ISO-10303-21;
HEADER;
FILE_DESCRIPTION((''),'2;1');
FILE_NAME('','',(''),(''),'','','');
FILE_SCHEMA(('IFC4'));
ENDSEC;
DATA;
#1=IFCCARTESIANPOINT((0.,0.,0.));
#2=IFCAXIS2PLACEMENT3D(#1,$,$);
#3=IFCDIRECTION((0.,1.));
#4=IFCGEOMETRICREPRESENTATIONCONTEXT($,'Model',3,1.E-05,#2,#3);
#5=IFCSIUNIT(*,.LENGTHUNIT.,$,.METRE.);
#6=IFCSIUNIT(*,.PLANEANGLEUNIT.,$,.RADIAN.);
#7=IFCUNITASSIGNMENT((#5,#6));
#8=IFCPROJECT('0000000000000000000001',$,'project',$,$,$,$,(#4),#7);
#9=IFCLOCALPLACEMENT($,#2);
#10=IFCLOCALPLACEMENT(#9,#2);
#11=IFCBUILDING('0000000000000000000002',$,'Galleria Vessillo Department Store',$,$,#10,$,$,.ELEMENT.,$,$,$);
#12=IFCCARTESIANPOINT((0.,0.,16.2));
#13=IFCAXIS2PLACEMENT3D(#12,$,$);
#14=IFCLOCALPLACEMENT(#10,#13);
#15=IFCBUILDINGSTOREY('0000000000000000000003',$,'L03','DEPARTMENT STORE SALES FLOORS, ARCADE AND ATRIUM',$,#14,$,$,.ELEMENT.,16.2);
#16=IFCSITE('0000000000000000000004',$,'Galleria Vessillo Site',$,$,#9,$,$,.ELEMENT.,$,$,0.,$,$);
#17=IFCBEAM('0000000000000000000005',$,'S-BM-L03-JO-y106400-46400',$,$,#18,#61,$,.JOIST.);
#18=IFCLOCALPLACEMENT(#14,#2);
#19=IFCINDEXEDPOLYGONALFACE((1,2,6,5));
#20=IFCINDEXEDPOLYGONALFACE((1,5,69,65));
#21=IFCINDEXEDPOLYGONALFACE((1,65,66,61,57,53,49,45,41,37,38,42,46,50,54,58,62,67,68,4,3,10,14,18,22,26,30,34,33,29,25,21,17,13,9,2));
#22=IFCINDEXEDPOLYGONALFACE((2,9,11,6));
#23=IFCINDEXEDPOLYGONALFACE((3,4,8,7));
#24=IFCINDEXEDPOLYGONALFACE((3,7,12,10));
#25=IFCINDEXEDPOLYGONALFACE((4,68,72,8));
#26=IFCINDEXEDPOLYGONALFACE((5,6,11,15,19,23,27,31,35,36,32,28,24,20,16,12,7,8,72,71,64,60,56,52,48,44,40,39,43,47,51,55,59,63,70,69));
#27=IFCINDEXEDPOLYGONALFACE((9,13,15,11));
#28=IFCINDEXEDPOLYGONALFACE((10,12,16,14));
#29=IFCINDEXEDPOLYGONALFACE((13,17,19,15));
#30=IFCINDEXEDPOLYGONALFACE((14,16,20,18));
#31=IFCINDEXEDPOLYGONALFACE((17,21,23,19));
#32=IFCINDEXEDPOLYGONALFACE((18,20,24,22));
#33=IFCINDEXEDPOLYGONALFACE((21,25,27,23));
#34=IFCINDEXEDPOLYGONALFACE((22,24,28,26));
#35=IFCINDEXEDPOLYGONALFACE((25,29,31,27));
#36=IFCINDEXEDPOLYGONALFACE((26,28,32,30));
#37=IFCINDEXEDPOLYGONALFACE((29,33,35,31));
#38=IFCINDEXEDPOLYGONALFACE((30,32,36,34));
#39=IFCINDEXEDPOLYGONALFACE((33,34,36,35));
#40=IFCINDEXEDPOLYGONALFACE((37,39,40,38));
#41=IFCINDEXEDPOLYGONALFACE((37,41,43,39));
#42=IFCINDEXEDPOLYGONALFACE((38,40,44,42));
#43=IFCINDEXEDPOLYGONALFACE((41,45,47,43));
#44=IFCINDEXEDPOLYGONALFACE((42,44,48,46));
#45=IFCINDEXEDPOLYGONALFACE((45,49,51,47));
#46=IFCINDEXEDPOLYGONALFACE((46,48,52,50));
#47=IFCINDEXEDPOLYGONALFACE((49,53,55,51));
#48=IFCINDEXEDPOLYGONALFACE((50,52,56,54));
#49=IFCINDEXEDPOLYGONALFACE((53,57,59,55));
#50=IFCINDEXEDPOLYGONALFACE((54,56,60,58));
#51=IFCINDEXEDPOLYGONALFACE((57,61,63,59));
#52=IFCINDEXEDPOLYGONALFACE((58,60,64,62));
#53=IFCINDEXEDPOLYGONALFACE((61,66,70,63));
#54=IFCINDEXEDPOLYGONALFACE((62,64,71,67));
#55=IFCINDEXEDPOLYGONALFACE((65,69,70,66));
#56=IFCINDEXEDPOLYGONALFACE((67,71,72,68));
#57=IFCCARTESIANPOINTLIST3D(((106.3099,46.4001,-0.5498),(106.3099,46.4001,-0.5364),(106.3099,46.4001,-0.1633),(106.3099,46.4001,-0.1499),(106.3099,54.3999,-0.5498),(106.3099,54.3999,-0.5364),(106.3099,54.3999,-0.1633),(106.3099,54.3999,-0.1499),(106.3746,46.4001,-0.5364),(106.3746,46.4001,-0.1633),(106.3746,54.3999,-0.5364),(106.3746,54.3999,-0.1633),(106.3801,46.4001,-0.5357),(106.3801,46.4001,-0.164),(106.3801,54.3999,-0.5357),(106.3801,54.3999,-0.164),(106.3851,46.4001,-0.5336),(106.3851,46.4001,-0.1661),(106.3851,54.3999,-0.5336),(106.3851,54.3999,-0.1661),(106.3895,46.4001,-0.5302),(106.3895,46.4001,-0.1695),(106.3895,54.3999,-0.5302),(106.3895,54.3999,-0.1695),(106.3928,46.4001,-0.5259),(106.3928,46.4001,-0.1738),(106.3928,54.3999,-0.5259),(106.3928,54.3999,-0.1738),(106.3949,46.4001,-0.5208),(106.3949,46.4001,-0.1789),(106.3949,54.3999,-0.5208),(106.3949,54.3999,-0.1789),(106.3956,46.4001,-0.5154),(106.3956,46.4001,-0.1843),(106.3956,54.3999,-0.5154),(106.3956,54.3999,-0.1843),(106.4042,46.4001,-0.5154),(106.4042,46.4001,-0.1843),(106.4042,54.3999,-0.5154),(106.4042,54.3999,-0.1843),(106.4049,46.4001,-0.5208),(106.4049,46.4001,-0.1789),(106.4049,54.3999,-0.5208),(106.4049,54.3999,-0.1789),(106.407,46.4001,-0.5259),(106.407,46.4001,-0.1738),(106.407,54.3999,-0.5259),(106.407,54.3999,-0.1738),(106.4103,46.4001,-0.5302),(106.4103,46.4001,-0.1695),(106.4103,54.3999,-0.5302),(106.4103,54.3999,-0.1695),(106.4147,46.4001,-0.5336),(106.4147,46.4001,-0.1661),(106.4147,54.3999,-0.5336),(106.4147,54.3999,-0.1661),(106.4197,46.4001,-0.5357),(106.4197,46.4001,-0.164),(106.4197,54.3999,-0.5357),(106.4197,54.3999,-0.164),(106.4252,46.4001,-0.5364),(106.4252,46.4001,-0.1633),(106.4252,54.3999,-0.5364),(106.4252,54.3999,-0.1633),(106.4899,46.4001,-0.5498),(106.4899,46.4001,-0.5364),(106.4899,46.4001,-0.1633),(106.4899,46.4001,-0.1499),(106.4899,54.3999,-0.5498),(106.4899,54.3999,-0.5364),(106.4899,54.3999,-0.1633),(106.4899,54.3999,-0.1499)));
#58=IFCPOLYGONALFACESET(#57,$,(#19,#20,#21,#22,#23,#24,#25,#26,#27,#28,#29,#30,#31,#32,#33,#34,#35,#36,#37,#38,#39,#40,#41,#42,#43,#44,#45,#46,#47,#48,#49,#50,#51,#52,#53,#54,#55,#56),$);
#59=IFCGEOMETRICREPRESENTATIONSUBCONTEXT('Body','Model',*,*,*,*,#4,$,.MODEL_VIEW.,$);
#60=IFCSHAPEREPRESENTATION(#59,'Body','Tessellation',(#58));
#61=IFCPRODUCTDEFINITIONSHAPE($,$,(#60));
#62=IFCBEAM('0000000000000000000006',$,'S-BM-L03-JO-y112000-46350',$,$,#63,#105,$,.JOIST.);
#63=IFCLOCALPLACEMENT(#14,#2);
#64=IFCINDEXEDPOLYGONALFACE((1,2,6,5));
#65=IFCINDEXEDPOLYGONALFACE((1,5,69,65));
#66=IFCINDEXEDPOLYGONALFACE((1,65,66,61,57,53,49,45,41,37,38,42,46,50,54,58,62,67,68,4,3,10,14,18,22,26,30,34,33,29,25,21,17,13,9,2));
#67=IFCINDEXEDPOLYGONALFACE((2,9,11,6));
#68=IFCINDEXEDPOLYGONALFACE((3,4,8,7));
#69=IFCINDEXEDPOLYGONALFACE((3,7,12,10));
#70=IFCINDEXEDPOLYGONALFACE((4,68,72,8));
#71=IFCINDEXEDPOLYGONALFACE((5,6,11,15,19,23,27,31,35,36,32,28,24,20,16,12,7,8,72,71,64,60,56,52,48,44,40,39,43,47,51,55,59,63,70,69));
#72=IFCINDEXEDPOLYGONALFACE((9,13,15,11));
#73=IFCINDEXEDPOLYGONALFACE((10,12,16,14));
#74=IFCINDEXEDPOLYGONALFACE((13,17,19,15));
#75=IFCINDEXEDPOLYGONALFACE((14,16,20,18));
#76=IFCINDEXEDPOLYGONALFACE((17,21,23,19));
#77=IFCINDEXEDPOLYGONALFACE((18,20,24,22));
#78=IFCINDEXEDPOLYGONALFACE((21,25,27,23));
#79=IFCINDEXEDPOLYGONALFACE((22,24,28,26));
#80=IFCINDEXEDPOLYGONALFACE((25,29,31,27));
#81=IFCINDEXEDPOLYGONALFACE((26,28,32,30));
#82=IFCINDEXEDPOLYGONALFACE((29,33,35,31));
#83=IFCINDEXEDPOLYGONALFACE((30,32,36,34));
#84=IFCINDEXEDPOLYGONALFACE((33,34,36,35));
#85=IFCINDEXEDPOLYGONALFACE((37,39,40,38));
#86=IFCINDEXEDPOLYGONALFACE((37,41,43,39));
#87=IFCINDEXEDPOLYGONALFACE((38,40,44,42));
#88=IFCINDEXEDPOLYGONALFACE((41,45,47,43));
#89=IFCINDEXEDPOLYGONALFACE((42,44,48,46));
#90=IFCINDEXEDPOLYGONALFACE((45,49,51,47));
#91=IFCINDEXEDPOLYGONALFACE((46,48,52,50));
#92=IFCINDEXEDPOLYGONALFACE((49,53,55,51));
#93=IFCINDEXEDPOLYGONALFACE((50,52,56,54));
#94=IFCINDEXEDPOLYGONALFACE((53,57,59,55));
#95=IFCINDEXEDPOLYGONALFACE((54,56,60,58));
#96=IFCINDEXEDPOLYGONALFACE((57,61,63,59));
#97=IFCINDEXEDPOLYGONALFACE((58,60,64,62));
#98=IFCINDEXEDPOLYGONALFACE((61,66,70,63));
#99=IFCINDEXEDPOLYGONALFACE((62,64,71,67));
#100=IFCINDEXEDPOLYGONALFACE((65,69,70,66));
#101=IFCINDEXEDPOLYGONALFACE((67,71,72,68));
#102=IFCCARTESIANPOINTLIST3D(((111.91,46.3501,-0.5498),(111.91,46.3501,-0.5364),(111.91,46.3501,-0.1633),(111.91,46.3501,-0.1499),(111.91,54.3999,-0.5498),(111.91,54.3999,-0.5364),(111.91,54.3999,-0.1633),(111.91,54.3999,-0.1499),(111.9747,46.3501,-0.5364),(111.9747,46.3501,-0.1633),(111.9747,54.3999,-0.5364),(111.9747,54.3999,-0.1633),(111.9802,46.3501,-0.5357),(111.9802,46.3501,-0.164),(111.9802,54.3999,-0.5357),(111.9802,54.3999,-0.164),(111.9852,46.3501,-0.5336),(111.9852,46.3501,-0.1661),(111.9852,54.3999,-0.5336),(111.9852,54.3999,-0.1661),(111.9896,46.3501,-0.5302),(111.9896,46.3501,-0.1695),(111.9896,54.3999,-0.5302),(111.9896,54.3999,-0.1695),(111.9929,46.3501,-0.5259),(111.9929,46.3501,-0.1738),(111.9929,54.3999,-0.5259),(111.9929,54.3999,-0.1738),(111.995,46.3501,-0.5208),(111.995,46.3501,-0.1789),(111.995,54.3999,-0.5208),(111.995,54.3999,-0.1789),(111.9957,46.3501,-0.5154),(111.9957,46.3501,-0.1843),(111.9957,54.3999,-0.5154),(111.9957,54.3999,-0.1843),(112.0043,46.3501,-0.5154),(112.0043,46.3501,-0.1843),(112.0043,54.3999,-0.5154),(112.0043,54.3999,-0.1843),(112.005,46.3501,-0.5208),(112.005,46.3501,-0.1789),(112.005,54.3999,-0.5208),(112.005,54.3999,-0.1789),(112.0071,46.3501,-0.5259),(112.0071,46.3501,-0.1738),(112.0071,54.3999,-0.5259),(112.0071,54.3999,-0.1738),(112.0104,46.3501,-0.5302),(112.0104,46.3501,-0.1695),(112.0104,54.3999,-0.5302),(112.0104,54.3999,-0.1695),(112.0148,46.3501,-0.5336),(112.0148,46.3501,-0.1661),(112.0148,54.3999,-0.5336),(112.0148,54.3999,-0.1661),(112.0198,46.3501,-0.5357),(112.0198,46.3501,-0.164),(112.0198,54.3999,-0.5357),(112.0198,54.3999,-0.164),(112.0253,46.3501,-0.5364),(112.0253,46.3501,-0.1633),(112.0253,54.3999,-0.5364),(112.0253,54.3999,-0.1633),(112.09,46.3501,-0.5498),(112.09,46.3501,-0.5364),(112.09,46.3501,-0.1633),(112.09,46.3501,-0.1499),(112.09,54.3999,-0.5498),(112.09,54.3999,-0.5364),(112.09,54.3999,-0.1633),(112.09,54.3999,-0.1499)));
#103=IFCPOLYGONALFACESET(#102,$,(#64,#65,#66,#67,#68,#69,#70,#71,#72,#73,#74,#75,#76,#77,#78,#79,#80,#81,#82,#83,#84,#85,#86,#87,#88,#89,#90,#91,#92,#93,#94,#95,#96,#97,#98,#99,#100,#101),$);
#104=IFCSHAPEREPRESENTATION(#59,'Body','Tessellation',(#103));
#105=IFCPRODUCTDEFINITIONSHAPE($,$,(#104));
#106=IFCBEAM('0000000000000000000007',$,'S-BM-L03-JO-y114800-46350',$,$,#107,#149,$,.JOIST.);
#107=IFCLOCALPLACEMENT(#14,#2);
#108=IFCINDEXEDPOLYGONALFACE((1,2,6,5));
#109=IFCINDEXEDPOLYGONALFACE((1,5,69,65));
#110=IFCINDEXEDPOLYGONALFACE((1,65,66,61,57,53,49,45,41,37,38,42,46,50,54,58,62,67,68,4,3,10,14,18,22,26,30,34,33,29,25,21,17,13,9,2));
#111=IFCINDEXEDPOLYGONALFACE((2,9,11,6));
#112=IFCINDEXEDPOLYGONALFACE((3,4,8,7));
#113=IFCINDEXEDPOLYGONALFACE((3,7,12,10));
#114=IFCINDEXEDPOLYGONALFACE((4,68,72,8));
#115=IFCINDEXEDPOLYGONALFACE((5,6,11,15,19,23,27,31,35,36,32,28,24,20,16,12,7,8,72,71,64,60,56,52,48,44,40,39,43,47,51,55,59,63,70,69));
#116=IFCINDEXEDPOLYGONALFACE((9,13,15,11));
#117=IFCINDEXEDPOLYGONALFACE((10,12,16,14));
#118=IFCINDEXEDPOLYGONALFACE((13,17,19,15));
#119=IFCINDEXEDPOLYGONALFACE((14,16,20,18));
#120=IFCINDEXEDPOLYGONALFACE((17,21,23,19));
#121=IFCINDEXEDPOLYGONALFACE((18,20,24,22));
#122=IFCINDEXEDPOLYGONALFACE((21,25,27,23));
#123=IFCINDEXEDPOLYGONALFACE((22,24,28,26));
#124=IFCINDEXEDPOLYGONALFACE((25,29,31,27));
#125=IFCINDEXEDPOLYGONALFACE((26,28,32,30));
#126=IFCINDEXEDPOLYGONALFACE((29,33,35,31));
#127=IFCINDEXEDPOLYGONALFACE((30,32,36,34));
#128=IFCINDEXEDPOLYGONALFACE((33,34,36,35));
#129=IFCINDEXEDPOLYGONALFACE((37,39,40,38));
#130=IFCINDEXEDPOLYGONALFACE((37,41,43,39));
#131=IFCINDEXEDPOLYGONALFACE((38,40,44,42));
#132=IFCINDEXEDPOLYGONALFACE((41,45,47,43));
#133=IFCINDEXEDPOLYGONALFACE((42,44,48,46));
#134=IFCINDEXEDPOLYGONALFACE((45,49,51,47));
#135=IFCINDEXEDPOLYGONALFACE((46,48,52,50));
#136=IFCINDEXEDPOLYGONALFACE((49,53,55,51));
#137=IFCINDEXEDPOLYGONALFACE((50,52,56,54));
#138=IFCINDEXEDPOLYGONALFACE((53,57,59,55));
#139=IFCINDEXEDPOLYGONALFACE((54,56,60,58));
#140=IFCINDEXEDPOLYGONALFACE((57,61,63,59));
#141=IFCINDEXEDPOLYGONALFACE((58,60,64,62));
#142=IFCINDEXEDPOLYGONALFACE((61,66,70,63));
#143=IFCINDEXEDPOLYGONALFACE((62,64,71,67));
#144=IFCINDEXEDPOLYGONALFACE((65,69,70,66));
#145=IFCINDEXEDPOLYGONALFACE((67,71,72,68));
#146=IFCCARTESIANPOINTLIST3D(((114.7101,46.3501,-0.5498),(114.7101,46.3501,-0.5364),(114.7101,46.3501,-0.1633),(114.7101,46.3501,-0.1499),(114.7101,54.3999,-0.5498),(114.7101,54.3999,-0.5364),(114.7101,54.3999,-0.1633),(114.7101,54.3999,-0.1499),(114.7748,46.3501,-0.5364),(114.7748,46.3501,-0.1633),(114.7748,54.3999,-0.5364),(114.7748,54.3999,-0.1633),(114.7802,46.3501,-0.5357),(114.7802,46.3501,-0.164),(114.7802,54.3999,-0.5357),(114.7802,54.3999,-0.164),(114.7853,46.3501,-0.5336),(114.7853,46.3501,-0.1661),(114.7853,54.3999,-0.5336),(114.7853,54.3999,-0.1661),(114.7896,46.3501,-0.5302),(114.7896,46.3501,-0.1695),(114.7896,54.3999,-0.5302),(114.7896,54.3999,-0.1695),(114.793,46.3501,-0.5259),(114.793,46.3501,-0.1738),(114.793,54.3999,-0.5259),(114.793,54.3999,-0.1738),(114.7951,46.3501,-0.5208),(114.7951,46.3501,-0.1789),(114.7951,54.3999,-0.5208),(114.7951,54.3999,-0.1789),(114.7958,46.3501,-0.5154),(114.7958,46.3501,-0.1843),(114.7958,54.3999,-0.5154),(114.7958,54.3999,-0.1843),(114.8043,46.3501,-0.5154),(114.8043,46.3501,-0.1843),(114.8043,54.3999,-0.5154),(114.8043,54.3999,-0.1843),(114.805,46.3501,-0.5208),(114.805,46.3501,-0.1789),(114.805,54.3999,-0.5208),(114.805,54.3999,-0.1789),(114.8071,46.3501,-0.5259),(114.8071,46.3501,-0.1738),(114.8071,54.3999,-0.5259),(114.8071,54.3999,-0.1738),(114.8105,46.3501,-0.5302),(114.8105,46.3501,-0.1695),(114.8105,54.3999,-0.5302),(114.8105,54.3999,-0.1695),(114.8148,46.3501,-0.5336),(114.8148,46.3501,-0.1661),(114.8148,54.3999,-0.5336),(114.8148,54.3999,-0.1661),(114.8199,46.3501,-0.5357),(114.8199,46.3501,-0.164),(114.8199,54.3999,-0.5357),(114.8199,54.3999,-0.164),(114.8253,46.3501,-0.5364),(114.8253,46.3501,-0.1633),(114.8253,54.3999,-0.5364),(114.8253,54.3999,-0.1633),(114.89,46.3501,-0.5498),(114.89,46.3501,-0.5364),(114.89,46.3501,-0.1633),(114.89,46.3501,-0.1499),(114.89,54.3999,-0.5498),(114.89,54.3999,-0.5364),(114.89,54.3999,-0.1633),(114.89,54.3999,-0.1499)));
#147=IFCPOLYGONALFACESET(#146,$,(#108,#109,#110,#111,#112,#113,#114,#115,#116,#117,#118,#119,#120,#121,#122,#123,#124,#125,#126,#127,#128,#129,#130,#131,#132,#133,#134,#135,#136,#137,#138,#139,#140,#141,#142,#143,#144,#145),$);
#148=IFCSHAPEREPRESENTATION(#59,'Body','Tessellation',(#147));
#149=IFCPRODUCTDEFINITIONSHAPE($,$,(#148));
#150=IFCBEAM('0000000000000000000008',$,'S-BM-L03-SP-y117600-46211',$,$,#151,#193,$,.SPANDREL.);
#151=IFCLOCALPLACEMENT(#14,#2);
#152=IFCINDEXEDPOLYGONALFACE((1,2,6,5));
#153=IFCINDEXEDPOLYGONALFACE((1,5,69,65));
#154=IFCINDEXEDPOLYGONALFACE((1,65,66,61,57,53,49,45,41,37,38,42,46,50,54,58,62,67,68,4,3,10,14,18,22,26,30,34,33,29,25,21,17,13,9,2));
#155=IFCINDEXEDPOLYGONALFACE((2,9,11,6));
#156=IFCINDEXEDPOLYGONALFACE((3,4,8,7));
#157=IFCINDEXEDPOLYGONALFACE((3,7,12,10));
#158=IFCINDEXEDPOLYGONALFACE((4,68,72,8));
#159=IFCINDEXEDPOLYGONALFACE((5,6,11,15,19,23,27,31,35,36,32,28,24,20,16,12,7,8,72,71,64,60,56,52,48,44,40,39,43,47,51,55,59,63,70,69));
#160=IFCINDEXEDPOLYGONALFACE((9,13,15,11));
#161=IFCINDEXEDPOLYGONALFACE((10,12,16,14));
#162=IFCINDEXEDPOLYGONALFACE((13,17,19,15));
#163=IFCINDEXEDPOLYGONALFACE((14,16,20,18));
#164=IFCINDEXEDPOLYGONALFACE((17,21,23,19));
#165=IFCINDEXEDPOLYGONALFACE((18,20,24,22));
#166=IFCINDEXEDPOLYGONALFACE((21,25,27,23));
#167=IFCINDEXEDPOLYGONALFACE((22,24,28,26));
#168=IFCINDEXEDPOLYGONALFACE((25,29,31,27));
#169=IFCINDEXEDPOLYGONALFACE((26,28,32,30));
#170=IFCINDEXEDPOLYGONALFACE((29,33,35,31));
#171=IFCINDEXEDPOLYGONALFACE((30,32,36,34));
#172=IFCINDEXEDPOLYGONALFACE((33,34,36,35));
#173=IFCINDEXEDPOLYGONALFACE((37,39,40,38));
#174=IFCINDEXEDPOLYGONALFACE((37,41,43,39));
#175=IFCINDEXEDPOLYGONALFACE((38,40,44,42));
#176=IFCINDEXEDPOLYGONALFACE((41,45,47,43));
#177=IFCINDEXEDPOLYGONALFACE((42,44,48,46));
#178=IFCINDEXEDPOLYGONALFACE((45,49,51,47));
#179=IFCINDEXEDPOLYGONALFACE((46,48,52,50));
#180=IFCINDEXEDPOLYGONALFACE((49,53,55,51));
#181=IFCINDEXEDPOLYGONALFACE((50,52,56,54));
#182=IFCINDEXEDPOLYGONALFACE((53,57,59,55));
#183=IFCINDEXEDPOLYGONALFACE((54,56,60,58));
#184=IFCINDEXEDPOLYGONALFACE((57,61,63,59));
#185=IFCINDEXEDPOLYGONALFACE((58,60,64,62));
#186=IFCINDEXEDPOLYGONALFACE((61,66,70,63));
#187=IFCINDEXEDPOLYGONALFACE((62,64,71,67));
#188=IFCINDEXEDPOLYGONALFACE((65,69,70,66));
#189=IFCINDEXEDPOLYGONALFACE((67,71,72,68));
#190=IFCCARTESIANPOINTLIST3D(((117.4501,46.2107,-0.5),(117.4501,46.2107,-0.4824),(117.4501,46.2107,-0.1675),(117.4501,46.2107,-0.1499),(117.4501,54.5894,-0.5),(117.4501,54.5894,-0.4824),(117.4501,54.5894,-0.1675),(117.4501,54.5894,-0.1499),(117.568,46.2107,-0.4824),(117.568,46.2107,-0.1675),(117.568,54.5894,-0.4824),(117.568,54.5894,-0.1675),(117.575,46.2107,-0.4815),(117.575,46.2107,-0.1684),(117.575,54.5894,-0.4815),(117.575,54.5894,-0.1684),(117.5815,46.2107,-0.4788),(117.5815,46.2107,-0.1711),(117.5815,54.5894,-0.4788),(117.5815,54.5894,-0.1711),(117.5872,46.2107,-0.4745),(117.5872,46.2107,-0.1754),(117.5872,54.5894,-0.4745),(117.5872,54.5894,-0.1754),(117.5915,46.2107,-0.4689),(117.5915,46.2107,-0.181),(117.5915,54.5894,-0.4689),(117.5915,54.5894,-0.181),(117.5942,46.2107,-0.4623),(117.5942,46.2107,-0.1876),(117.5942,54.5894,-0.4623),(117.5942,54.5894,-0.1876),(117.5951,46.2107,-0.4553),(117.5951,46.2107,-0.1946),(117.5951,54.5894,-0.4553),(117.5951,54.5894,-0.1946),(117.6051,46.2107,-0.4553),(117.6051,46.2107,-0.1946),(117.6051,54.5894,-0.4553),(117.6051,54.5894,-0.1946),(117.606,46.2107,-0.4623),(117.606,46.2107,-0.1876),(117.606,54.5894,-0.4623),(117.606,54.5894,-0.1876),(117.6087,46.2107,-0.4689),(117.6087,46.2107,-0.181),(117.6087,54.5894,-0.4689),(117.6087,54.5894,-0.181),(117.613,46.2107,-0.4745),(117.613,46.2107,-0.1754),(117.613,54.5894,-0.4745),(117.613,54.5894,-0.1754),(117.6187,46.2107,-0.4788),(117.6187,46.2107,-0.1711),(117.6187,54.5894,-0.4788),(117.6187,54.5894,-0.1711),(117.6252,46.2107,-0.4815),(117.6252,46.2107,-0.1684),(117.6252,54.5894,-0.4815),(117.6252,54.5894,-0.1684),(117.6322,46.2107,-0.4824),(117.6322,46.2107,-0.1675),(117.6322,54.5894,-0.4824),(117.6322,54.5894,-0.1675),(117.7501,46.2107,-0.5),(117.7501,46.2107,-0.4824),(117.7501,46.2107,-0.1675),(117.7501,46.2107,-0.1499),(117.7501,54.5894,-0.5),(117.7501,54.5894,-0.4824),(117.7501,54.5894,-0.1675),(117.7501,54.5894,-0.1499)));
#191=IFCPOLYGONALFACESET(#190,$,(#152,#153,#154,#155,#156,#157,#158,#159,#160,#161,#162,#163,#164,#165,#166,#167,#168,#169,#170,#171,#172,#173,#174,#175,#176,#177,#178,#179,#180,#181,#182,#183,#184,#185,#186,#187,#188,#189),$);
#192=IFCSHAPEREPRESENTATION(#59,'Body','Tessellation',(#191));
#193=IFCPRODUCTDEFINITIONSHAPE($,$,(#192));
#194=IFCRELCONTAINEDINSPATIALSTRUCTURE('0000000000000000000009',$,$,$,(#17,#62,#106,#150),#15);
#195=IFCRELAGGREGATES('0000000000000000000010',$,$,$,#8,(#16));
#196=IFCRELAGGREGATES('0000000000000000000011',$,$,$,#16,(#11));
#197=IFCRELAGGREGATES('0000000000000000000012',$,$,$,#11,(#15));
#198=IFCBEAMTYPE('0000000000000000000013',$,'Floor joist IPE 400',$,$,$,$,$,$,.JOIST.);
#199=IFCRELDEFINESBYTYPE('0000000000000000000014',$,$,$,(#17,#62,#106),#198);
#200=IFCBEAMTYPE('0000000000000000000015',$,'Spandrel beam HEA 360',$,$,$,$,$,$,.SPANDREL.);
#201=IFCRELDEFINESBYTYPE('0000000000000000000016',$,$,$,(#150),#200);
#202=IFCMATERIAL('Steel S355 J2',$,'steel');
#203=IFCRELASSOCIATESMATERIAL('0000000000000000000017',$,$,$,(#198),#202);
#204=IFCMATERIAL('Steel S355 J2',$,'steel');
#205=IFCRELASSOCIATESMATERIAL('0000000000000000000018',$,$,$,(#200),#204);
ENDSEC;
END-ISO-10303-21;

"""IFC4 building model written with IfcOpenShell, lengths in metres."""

from ifc_helpers import new_model, si_unit, direction, frame, origin, origin_2d, place, context, subcontext, project, spatial, i_section, extrude, material, material_profile, profile_set, type_object, element, save


model = new_model("IFC4")

# Units and contexts
model_context = context("Model", 3, precision=1e-05, world=origin(), true_north=direction((0.0, 1.0)))
body_context = subcontext(model_context, "Body", "Model", "MODEL_VIEW")
ifc_project = project(units=[si_unit("LENGTHUNIT", "METRE"), si_unit("PLANEANGLEUNIT", "RADIAN")], contexts=[model_context])

# Site, building, storey
site_placement = place(None, origin())
site = spatial("IfcSite", under=ifc_project, at=site_placement, Name="Galleria Vessillo Site", CompositionType="ELEMENT", RefElevation=0.0)
building_placement = place(site_placement, origin())
building = spatial("IfcBuilding", under=site, at=building_placement, Name="Galleria Vessillo Department Store", CompositionType="ELEMENT")
storey_placement = place(building_placement, frame((0.0, 0.0, 16.2)))
storey = spatial("IfcBuildingStorey", under=building, at=storey_placement, Name="L03", Description="DEPARTMENT STORE SALES FLOORS, ARCADE AND ATRIUM", CompositionType="ELEMENT", Elevation=16.2)

# Beams
ifc_material_1 = material(Name="Steel S355 J2", Category="steel")
ifc_material_profile_1 = material_profile(ifc_material_1, i_section(OverallWidth=0.1799, OverallDepth=0.3999, WebThickness=0.0085, FlangeThickness=0.0134, FilletRadius=0.021, at=origin_2d()), Name="IPE 400")
ifc_profile_set_1 = profile_set([ifc_material_profile_1], Name="Steel S355 J2")
beam_type_1 = type_object("IfcBeamType", Name="Floor joist IPE 400", PredefinedType="JOIST", material=ifc_profile_set_1)
beam_1_placement = place(storey_placement, frame((106.3999, 46.4001, -0.3499), z_axis=(0.0, 1.0, 0.0), x_axis=(-1.0, 0.0, 0.0)))
element("IfcBeam", 1, at=beam_1_placement, inside=storey, type_object=beam_type_1, Name="S-BM-L03-JO-y106400-46400", PredefinedType="JOIST", context=body_context, shape_type="SweptSolid", body=[
    extrude(i_section(OverallWidth=0.1799, OverallDepth=0.3999, WebThickness=0.0085, FlangeThickness=0.0134, FilletRadius=0.021, at=origin_2d()), origin(), (0.0, 0.0, 1.0), 7.9998),
])
for number, where, z_axis, x_axis, name in (
    (2, (112.0, 46.3501, -0.3499), (0.0, 1.0, 0.0), (-1.0, 0.0, 0.0), "S-BM-L03-JO-y112000-46350"),
    (3, (114.8, 46.3501, -0.3499), (0.0, 1.0, 0.0), (-1.0, 0.0, 0.0), "S-BM-L03-JO-y114800-46350"),
):
    element("IfcBeam", number, at=place(storey_placement, frame(where, z_axis=z_axis, x_axis=x_axis)), inside=storey, type_object=beam_type_1, Name=name, PredefinedType="JOIST", context=body_context, shape_type="SweptSolid", body=[
        extrude(i_section(OverallWidth=0.1799, OverallDepth=0.3999, WebThickness=0.0085, FlangeThickness=0.0134, FilletRadius=0.021, at=origin_2d()), origin(), (0.0, 0.0, 1.0), 8.0498),
    ])
ifc_material_2 = material(Name="Steel S355 J2", Category="steel")
ifc_material_profile_2 = material_profile(ifc_material_2, i_section(OverallWidth=0.3, OverallDepth=0.3501, WebThickness=0.01, FlangeThickness=0.0176, FilletRadius=0.0271, at=origin_2d()), Name="HEA 360")
ifc_profile_set_2 = profile_set([ifc_material_profile_2], Name="Steel S355 J2")
beam_type_2 = type_object("IfcBeamType", Name="Spandrel beam HEA 360", PredefinedType="SPANDREL", material=ifc_profile_set_2)
beam_2_placement = place(storey_placement, frame((117.6001, 46.2107, -0.325), z_axis=(0.0, 1.0, 0.0), x_axis=(-1.0, 0.0, 0.0)))
element("IfcBeam", 4, at=beam_2_placement, inside=storey, type_object=beam_type_2, Name="S-BM-L03-SP-y117600-46211", PredefinedType="SPANDREL", context=body_context, shape_type="SweptSolid", body=[
    extrude(i_section(OverallWidth=0.3, OverallDepth=0.3501, WebThickness=0.01, FlangeThickness=0.0176, FilletRadius=0.0271, at=origin_2d()), origin(), (0.0, 0.0, 1.0), 8.3787),
])

save(model, "model.ifc")
